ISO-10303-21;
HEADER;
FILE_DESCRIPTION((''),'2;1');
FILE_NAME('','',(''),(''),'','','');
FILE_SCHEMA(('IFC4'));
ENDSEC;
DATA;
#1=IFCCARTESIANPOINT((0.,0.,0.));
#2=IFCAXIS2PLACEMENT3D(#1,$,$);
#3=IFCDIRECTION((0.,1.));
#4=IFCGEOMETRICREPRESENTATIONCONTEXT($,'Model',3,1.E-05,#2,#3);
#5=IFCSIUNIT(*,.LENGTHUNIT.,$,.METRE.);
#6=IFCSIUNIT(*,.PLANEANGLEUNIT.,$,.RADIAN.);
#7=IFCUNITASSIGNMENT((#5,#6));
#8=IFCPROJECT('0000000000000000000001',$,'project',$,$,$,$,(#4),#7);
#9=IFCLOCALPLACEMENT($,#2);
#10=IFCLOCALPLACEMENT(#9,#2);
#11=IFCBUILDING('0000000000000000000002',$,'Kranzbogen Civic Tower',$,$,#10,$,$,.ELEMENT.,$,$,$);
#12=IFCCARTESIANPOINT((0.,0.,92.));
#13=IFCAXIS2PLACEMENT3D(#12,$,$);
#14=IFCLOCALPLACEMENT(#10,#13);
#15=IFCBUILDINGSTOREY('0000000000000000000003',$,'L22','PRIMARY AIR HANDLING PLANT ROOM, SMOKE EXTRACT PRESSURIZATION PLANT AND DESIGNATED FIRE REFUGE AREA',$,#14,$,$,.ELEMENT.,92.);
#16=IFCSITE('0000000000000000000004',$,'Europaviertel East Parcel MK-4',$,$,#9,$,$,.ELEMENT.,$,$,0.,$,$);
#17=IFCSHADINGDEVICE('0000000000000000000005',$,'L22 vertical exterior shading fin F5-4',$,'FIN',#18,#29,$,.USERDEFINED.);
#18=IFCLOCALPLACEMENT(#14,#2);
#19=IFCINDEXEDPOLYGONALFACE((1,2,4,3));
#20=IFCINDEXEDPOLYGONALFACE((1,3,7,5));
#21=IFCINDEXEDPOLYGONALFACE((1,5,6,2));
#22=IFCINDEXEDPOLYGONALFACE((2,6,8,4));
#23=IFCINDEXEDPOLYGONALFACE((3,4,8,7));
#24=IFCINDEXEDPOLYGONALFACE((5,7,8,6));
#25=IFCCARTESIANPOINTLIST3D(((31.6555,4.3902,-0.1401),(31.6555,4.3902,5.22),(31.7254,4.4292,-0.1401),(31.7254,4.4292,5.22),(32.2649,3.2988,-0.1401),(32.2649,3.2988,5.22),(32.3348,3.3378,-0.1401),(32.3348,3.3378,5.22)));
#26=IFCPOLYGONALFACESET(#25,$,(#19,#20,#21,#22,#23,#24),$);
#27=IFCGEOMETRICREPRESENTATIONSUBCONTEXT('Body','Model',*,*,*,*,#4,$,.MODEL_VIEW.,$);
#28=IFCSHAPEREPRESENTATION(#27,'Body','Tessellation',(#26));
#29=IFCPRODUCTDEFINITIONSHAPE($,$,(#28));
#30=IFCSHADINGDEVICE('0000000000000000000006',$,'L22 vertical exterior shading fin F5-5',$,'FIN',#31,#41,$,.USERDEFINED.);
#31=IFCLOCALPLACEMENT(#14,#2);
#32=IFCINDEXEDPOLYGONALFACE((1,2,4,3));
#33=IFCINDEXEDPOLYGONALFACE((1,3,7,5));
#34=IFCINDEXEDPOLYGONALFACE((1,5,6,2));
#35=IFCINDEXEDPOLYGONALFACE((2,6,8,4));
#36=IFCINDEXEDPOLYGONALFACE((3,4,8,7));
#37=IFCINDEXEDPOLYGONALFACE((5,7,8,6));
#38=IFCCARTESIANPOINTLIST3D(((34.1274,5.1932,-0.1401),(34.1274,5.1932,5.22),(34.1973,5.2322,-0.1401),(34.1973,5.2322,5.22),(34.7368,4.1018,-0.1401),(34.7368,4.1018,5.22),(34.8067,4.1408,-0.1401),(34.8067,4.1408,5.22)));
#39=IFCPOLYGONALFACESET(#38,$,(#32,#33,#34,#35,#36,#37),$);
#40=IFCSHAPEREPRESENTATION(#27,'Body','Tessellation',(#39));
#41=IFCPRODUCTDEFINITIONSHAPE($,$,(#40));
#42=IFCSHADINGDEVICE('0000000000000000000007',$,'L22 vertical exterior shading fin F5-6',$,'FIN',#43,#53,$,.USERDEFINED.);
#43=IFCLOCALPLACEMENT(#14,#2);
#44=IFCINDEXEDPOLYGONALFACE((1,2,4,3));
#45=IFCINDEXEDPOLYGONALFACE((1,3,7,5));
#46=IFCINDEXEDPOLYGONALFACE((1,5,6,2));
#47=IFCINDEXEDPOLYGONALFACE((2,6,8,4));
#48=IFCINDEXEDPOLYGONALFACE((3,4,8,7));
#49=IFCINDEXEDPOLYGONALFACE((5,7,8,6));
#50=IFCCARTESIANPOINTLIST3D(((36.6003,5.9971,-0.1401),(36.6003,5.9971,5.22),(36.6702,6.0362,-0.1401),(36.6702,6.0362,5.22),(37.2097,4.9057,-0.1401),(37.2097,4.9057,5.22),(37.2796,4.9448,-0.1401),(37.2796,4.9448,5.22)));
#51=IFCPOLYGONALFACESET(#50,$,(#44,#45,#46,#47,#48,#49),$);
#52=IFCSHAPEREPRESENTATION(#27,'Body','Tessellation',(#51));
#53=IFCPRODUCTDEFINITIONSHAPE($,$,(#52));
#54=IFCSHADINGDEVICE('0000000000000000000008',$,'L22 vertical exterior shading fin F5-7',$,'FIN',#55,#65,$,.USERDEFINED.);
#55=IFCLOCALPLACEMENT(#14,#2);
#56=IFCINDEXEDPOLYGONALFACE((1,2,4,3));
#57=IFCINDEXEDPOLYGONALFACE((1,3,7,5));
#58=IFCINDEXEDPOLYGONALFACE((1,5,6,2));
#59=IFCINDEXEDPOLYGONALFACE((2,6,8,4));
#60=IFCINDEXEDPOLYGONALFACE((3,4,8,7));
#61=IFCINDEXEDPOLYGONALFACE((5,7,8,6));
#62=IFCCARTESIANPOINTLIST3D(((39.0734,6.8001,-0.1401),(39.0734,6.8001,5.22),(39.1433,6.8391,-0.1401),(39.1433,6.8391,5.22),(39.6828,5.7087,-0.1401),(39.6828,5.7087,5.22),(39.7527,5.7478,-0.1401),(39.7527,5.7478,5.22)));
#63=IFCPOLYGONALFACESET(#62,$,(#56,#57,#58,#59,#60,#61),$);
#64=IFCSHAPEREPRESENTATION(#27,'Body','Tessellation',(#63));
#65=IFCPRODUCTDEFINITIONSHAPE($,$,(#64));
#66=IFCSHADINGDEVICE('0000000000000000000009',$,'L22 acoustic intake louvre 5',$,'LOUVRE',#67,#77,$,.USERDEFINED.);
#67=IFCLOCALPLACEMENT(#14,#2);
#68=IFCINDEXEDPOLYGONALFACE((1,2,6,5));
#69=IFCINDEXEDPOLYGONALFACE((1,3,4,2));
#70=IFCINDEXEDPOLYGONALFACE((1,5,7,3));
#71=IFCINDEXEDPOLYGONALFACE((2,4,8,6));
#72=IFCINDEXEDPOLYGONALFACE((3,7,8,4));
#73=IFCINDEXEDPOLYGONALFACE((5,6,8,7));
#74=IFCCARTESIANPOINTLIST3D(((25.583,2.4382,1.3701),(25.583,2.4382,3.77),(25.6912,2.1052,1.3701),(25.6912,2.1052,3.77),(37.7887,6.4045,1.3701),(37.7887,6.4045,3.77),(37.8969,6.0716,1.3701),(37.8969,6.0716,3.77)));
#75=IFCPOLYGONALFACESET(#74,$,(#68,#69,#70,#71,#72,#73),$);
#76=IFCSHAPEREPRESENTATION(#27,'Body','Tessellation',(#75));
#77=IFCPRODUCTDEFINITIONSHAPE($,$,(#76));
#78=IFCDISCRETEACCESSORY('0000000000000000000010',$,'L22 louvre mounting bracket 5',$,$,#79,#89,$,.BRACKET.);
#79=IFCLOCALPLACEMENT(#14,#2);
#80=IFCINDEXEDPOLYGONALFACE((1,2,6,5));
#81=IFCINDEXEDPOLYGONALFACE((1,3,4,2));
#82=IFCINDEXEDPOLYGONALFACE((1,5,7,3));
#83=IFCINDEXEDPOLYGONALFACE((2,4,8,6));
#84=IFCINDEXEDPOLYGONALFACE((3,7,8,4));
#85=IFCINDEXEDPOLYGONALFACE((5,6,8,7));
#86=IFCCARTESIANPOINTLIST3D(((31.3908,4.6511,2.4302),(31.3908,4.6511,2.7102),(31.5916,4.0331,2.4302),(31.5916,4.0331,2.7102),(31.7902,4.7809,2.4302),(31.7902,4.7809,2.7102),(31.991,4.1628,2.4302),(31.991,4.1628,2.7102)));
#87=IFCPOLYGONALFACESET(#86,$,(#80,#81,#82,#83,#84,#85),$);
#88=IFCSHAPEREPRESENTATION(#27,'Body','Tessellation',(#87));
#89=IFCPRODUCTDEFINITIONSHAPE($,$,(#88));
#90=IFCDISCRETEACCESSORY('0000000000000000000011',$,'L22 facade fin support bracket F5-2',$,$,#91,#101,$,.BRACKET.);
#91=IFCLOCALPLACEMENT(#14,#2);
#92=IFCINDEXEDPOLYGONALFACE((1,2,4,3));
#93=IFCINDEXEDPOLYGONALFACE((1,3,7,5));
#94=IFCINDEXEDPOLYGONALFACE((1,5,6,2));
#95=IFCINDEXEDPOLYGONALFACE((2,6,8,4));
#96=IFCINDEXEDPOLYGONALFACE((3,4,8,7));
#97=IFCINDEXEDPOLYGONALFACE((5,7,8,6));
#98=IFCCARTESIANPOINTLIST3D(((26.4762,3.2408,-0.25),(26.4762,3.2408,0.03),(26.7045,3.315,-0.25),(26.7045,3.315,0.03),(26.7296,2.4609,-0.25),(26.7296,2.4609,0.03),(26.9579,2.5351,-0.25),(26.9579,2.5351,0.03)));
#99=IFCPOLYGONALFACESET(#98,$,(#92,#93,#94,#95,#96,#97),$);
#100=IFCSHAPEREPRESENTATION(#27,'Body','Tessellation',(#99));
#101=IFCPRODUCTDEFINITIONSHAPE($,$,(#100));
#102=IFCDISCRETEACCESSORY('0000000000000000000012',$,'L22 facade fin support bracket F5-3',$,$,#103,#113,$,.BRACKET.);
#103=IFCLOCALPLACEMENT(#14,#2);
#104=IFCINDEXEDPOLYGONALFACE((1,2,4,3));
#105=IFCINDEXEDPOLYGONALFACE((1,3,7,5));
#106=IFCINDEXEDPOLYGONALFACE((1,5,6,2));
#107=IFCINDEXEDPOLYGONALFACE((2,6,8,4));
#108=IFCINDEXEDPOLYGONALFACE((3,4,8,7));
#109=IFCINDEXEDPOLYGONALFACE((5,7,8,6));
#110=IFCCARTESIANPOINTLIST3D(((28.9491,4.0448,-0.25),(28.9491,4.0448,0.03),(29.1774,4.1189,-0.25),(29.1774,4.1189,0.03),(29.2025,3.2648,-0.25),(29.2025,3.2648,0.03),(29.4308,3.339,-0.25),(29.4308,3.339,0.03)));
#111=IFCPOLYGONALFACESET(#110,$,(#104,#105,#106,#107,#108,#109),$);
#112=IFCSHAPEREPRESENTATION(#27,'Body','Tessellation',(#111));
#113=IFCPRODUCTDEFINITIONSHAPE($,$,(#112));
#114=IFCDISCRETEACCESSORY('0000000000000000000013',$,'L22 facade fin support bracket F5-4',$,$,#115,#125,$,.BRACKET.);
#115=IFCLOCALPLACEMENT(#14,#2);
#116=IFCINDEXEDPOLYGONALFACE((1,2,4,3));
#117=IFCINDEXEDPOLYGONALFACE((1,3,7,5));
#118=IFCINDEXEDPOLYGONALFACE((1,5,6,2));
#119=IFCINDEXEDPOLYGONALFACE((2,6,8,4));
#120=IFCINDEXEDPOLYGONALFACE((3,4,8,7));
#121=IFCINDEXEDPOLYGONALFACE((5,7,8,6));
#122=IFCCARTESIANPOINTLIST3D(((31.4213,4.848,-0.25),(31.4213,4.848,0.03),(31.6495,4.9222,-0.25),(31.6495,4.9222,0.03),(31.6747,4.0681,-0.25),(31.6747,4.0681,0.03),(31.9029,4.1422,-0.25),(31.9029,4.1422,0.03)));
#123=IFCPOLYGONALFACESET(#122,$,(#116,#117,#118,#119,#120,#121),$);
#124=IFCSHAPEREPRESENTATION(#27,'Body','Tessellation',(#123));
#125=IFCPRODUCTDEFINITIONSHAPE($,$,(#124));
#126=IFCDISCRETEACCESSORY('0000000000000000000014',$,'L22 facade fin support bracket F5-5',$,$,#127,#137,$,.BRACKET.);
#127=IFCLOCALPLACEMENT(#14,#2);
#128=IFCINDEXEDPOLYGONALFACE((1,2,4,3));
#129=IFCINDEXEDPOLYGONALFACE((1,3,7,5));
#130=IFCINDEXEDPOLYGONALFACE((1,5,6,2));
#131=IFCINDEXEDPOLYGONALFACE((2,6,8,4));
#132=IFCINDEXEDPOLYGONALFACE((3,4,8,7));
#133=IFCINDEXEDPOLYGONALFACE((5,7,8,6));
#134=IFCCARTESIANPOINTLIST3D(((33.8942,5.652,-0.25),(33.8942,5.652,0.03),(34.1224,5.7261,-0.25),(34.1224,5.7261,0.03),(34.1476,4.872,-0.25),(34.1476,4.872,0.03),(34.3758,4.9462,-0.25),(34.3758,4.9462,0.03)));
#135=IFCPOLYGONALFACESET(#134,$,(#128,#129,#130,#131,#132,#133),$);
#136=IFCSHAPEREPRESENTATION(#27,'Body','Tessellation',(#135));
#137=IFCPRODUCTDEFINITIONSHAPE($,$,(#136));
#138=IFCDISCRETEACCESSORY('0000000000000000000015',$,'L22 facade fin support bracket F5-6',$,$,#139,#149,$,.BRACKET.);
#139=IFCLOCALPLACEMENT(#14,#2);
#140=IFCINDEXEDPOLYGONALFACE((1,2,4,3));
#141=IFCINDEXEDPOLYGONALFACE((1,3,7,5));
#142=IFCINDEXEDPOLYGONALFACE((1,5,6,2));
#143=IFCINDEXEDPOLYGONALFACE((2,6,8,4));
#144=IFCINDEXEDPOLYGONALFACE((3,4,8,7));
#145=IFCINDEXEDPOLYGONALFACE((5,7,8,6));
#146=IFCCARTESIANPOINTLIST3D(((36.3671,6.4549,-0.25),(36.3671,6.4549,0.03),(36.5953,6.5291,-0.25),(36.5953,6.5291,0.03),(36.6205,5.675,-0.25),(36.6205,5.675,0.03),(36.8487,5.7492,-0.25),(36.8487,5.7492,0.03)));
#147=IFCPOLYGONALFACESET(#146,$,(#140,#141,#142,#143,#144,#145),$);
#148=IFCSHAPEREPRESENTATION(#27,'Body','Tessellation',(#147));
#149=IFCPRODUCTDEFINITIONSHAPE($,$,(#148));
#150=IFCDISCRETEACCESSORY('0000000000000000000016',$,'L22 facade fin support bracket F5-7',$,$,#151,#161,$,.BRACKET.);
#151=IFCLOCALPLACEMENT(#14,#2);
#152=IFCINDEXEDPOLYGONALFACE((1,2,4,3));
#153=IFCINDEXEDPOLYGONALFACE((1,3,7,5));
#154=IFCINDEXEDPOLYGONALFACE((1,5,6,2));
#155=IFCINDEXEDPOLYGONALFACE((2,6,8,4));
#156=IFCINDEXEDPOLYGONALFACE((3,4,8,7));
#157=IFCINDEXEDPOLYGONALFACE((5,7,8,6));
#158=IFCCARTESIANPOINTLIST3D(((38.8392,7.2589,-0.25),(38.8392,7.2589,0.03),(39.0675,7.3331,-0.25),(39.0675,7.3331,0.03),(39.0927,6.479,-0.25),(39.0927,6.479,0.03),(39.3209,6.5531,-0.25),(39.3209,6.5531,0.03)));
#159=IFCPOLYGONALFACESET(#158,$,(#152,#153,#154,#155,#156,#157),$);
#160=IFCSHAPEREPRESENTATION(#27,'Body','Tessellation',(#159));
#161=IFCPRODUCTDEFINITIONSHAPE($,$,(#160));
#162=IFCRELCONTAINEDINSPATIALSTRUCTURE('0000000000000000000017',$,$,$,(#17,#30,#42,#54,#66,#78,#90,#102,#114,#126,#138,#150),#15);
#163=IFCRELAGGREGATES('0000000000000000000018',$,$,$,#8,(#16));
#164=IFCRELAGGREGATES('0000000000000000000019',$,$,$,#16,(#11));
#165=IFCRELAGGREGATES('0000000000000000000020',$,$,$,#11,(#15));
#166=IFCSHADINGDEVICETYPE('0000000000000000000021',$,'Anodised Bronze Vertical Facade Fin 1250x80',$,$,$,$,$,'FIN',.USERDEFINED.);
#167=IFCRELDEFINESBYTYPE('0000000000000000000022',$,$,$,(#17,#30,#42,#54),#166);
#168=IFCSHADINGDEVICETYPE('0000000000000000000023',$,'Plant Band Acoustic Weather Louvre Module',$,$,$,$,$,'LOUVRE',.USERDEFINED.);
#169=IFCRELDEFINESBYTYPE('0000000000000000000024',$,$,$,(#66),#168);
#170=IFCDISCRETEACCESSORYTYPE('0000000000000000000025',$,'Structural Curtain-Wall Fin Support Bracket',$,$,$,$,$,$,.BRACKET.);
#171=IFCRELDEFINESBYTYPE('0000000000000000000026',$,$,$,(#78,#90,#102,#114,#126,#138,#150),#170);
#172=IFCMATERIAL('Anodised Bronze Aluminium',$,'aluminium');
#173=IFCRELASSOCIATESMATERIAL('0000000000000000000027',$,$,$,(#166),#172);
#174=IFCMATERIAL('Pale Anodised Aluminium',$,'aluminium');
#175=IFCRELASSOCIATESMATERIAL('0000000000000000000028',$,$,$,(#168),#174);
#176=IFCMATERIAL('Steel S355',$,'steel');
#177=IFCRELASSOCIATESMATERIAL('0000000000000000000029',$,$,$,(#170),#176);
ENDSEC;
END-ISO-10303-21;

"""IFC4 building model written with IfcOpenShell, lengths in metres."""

from ifc_helpers import new_model, si_unit, direction, frame, origin, origin_2d, place, context, subcontext, project, spatial, rectangle, extrude, material, type_object, element, save


model = new_model("IFC4")

# Units and contexts
model_context = context("Model", 3, precision=1e-05, world=origin(), true_north=direction((0.0, 1.0)))
body_context = subcontext(model_context, "Body", "Model", "MODEL_VIEW")
ifc_project = project(units=[si_unit("LENGTHUNIT", "METRE"), si_unit("PLANEANGLEUNIT", "RADIAN")], contexts=[model_context])

# Site, building, storey
site_placement = place(None, origin())
site = spatial("IfcSite", under=ifc_project, at=site_placement, Name="Europaviertel East Parcel MK-4", CompositionType="ELEMENT", RefElevation=0.0)
building_placement = place(site_placement, origin())
building = spatial("IfcBuilding", under=site, at=building_placement, Name="Kranzbogen Civic Tower", CompositionType="ELEMENT")
storey_placement = place(building_placement, frame((0.0, 0.0, 92.0)))
storey = spatial("IfcBuildingStorey", under=building, at=storey_placement, Name="L22", Description="PRIMARY AIR HANDLING PLANT ROOM, SMOKE EXTRACT PRESSURIZATION PLANT AND DESIGNATED FIRE REFUGE AREA", CompositionType="ELEMENT", Elevation=92.0)

# Shared definitions
ifc_material_1 = material(Name="Steel S355", Category="steel")

# Shared definitions
ifc_material_2 = material(Name="Pale Anodised Aluminium", Category="aluminium")

# Shading devices
ifc_material_3 = material(Name="Anodised Bronze Aluminium", Category="aluminium")
shading_device_type_1 = type_object("IfcShadingDeviceType", Name="Anodised Bronze Vertical Facade Fin 1250x80", ElementType="FIN", PredefinedType="USERDEFINED", material=ifc_material_3)
for number, where, z_axis, x_axis, name in (
    (1, (31.9951, 3.864, -0.1401), (0.0, 0.0, 1.0), (0.487524, -0.873109, 0.0), "L22 vertical exterior shading fin F5-4"),
    (2, (34.467, 4.667, -0.1401), (0.0, 0.0, 1.0), (0.487524, -0.873109, 0.0), "L22 vertical exterior shading fin F5-5"),
    (3, (36.9399, 5.4709, -0.1401), (0.0, 0.0, 1.0), (0.487524, -0.873109, 0.0), "L22 vertical exterior shading fin F5-6"),
    (4, (39.4131, 6.2739, -0.1401), (0.0, 0.0, 1.0), (0.487524, -0.873109, 0.0), "L22 vertical exterior shading fin F5-7"),
):
    element("IfcShadingDevice", number, at=place(storey_placement, frame(where, z_axis=z_axis, x_axis=x_axis)), inside=storey, type_object=shading_device_type_1, Name=name, ObjectType="FIN", PredefinedType="USERDEFINED", context=body_context, shape_type="SweptSolid", body=[
        extrude(rectangle(XDim=1.25, YDim=0.0801, at=origin_2d()), origin(), (0.0, 0.0, 1.0), 5.3601),
    ])
shading_device_type_2 = type_object("IfcShadingDeviceType", Name="Plant Band Acoustic Weather Louvre Module", ElementType="LOUVRE", PredefinedType="USERDEFINED", material=ifc_material_2)
shading_device_placement = place(storey_placement, frame((31.74, 4.2549, 1.3701), z_axis=(0.0, 0.0, 1.0), x_axis=(0.951046, 0.30905, 0.0)))
element("IfcShadingDevice", 5, at=shading_device_placement, inside=storey, type_object=shading_device_type_2, Name="L22 acoustic intake louvre 5", ObjectType="LOUVRE", PredefinedType="USERDEFINED", context=body_context, shape_type="SweptSolid", body=[
    extrude(rectangle(XDim=12.834, YDim=0.3501, at=origin_2d()), origin(), (0.0, 0.0, 1.0), 2.3999),
])

# Discrete accessories
discrete_accessory_type = type_object("IfcDiscreteAccessoryType", Name="Structural Curtain-Wall Fin Support Bracket", PredefinedType="BRACKET", material=ifc_material_1)
discrete_accessory_placement = place(storey_placement, frame((31.6909, 4.407, 2.4302), z_axis=(0.0, 0.0, 1.0), x_axis=(0.309017, -0.951057, 0.0)))
element("IfcDiscreteAccessory", 6, at=discrete_accessory_placement, inside=storey, type_object=discrete_accessory_type, Name="L22 louvre mounting bracket 5", PredefinedType="BRACKET", context=body_context, shape_type="SweptSolid", body=[
    extrude(rectangle(XDim=0.6499, YDim=0.4199, at=origin_2d()), origin(), (0.0, 0.0, 1.0), 0.28),
])
for number, where, z_axis, x_axis, name in (
    (7, (26.717, 2.8879, -0.25), (0.0, 0.0, 1.0), (0.309017, -0.951057, 0.0), "L22 facade fin support bracket F5-2"),
    (8, (29.1899, 3.6919, -0.25), (0.0, 0.0, 1.0), (0.309017, -0.951057, 0.0), "L22 facade fin support bracket F5-3"),
    (9, (31.6621, 4.4951, -0.25), (0.0, 0.0, 1.0), (0.309017, -0.951057, 0.0), "L22 facade fin support bracket F5-4"),
    (10, (34.135, 5.2991, -0.25), (0.0, 0.0, 1.0), (0.309017, -0.951057, 0.0), "L22 facade fin support bracket F5-5"),
    (11, (36.6079, 6.1021, -0.25), (0.0, 0.0, 1.0), (0.309017, -0.951057, 0.0), "L22 facade fin support bracket F5-6"),
    (12, (39.0801, 6.906, -0.25), (0.0, 0.0, 1.0), (0.309017, -0.951057, 0.0), "L22 facade fin support bracket F5-7"),
):
    element("IfcDiscreteAccessory", number, at=place(storey_placement, frame(where, z_axis=z_axis, x_axis=x_axis)), inside=storey, type_object=discrete_accessory_type, Name=name, PredefinedType="BRACKET", context=body_context, shape_type="SweptSolid", body=[
        extrude(rectangle(XDim=0.8201, YDim=0.24, at=origin_2d()), origin(), (0.0, 0.0, 1.0), 0.28),
    ])

save(model, "model.ifc")
